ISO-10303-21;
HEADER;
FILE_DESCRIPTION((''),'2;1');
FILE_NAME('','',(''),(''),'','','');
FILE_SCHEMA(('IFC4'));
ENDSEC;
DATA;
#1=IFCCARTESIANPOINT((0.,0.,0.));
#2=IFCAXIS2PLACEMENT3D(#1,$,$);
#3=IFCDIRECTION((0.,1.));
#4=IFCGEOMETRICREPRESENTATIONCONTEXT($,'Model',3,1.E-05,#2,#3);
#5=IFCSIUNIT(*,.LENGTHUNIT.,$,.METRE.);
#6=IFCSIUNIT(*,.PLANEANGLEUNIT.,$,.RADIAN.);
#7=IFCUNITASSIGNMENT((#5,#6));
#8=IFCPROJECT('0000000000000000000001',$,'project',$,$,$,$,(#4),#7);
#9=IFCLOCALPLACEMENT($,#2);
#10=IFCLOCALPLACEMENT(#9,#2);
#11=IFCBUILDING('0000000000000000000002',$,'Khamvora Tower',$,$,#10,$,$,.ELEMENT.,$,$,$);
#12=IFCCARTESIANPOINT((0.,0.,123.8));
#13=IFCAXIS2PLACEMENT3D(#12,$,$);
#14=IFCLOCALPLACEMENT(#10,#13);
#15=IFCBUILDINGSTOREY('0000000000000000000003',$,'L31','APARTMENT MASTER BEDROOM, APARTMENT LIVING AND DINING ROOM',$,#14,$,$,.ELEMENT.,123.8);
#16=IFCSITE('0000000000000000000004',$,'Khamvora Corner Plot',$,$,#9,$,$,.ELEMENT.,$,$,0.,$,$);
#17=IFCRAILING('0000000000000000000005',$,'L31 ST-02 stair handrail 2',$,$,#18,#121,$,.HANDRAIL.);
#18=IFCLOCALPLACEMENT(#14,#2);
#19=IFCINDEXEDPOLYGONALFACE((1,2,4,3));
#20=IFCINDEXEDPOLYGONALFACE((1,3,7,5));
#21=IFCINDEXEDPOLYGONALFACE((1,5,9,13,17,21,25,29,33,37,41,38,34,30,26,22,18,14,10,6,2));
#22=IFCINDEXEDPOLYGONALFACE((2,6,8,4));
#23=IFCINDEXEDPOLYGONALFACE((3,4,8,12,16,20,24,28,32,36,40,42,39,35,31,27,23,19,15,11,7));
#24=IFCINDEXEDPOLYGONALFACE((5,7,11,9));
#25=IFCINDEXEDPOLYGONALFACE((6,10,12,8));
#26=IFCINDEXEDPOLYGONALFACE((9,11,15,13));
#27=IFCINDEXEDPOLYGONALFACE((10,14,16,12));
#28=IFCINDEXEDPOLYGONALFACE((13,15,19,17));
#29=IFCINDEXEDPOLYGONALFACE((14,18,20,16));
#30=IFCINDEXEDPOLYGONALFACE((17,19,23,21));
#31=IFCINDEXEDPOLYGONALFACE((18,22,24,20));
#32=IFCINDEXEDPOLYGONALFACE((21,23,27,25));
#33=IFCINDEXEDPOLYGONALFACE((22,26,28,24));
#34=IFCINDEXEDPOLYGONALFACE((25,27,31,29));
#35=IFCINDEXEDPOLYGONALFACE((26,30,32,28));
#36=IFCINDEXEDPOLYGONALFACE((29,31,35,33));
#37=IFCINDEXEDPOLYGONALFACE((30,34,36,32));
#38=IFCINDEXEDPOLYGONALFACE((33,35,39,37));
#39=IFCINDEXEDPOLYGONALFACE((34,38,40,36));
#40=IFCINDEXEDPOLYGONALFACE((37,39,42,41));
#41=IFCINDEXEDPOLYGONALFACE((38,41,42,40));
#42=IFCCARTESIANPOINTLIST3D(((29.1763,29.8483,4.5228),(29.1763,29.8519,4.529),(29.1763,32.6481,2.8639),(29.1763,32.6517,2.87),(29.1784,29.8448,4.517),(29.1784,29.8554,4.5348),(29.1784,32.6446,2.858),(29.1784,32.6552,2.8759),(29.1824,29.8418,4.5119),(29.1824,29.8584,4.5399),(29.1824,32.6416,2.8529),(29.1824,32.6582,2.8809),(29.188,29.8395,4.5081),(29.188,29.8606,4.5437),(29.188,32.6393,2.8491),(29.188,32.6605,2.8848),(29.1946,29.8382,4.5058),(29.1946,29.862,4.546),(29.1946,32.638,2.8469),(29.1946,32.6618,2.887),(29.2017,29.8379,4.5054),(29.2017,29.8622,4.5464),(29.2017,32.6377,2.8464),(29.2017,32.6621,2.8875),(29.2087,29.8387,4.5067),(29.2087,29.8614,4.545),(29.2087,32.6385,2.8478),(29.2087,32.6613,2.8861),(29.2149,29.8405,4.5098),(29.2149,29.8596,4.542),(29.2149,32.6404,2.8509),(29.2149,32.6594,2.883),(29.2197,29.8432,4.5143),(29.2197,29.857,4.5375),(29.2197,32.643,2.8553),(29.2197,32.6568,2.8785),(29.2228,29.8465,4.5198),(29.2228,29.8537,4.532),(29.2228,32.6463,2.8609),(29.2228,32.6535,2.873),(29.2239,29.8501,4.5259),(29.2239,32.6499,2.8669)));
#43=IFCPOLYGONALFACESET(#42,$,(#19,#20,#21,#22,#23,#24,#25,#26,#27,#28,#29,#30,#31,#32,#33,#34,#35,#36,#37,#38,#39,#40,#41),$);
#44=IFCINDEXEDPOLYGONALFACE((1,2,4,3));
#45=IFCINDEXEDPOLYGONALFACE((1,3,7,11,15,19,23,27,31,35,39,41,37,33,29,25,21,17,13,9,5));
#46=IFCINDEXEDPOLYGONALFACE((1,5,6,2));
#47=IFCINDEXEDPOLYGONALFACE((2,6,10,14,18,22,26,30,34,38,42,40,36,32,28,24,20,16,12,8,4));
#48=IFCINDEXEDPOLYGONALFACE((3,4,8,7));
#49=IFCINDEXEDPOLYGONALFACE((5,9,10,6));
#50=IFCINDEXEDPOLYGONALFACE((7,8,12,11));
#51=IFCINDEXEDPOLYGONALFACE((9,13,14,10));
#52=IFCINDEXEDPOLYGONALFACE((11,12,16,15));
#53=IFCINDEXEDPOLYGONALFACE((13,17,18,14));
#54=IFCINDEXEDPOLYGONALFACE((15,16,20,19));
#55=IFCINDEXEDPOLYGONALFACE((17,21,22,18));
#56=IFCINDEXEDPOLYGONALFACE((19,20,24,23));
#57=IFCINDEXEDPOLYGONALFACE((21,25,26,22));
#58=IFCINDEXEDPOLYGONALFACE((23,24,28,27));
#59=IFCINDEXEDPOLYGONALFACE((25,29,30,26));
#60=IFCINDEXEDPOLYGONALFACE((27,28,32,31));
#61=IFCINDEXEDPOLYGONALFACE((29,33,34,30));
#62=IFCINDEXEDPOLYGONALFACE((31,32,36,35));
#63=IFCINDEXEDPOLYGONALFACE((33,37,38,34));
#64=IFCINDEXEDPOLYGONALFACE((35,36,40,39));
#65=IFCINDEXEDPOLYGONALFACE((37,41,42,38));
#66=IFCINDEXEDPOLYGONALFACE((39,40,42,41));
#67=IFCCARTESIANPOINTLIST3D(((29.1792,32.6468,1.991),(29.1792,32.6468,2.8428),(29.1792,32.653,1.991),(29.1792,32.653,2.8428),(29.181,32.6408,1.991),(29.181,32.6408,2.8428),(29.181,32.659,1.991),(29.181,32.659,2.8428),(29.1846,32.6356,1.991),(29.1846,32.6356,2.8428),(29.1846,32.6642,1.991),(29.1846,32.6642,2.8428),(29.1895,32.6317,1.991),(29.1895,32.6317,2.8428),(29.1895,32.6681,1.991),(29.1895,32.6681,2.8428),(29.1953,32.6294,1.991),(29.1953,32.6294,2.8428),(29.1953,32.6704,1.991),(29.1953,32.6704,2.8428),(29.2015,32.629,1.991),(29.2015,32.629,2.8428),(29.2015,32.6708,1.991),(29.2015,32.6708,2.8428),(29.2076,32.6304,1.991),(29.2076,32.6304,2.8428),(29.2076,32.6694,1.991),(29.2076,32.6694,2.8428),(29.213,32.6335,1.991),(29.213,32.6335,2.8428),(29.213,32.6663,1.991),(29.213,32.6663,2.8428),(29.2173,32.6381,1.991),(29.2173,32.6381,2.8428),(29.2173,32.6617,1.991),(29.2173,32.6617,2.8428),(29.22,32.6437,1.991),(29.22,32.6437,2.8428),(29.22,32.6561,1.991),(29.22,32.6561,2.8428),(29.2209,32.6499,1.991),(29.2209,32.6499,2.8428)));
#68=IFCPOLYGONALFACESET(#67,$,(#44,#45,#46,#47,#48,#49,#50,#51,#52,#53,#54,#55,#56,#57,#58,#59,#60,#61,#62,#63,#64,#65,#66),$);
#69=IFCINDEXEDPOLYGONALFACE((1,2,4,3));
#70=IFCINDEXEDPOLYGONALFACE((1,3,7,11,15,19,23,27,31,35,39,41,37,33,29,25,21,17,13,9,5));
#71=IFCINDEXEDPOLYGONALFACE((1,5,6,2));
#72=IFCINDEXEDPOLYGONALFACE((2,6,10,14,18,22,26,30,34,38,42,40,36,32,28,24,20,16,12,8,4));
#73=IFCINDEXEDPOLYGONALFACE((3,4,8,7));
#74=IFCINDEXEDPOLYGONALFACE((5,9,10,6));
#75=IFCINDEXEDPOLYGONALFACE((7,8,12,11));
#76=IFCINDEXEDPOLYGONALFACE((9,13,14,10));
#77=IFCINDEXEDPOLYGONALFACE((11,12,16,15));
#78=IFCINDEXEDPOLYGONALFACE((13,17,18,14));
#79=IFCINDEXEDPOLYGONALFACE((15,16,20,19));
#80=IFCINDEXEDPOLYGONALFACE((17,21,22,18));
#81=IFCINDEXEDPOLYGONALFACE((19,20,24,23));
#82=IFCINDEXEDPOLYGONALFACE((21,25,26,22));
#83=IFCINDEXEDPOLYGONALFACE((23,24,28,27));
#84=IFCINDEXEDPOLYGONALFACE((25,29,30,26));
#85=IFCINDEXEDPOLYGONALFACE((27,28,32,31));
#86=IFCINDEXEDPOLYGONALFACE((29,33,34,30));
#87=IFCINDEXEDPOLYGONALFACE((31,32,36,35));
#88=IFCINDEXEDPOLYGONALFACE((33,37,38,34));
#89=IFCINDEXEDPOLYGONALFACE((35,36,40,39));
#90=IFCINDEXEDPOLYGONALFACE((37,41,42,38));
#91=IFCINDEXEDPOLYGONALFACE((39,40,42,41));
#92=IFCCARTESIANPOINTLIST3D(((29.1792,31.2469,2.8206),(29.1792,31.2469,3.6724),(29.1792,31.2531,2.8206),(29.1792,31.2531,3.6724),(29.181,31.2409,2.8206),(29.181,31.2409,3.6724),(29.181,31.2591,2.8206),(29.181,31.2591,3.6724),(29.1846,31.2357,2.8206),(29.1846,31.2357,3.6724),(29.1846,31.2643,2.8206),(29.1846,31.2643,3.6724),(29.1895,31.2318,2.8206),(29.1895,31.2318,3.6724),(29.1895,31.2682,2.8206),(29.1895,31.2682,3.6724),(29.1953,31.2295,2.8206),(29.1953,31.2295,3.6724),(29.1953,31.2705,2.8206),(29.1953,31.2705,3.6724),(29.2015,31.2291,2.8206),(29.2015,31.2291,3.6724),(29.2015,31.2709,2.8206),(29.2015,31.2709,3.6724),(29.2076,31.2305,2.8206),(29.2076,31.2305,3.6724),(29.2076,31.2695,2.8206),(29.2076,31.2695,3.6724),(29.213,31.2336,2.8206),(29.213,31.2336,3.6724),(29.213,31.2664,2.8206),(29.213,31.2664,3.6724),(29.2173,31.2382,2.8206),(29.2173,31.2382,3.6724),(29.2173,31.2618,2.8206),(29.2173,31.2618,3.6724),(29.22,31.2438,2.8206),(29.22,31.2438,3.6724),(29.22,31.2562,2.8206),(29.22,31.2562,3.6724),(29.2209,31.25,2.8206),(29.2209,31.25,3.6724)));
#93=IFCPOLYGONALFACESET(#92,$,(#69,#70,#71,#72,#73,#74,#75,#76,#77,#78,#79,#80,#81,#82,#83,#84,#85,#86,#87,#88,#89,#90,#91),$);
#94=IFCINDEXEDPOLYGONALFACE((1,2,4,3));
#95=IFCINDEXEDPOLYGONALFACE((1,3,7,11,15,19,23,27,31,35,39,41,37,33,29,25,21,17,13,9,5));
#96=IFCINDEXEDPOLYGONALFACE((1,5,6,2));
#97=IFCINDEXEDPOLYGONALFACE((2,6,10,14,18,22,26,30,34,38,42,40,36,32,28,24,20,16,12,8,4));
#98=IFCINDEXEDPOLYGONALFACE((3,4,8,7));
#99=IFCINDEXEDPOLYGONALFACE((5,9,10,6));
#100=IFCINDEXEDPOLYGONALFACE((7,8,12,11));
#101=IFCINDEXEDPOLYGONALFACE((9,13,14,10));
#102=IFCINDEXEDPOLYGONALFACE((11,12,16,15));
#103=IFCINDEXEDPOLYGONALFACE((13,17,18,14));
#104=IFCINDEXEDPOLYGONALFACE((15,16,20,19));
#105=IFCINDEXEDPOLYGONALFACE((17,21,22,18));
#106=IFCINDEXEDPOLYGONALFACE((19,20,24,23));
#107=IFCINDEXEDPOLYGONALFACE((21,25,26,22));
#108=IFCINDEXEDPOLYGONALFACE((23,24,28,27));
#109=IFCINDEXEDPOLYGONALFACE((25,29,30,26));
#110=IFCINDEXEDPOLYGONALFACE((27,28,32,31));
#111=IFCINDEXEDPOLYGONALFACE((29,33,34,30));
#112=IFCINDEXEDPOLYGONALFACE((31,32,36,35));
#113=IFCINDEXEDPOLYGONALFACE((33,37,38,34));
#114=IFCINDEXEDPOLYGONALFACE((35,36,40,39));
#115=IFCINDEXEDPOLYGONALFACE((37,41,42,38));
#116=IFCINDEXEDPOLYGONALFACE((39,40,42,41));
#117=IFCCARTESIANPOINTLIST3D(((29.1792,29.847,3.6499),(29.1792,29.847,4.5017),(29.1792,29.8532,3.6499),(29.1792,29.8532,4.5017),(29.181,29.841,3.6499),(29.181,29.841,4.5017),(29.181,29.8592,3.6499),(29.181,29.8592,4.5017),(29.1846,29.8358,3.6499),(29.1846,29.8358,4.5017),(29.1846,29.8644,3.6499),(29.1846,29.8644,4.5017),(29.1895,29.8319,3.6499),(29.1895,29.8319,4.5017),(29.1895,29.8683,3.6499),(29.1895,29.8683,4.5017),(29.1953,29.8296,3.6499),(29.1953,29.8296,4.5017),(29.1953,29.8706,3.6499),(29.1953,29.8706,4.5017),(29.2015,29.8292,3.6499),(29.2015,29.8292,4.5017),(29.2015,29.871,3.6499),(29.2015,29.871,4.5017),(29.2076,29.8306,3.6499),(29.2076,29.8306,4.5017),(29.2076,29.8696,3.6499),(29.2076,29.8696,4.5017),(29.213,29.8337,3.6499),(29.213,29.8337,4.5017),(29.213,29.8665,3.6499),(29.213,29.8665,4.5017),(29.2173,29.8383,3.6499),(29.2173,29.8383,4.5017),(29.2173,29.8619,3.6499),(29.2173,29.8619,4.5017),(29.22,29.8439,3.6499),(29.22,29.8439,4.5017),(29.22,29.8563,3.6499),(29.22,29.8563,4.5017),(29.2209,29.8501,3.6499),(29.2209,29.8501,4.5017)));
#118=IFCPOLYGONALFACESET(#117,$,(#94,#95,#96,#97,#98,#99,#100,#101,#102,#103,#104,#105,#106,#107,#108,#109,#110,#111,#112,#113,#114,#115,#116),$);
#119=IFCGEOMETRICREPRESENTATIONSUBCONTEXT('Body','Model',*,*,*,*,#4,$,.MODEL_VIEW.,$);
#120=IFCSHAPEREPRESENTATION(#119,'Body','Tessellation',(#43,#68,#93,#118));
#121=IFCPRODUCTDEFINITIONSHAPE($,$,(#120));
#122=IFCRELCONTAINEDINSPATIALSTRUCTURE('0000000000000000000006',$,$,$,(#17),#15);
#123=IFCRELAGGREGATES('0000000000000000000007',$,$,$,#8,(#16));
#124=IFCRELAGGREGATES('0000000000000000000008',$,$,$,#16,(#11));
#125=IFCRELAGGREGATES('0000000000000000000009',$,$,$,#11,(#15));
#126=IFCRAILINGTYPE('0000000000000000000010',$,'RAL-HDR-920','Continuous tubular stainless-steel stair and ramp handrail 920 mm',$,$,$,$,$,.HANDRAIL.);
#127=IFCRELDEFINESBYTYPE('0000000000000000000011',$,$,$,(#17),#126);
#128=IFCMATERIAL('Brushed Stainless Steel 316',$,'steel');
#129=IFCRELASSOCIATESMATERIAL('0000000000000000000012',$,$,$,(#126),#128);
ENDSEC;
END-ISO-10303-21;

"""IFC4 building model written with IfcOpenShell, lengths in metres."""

from ifc_helpers import new_model, si_unit, direction, frame, origin, origin_2d, place, context, subcontext, project, spatial, circle, extrude, material, type_object, element, save


model = new_model("IFC4")

# Units and contexts
model_context = context("Model", 3, precision=1e-05, world=origin(), true_north=direction((0.0, 1.0)))
body_context = subcontext(model_context, "Body", "Model", "MODEL_VIEW")
ifc_project = project(units=[si_unit("LENGTHUNIT", "METRE"), si_unit("PLANEANGLEUNIT", "RADIAN")], contexts=[model_context])

# Site, building, storey
site_placement = place(None, origin())
site = spatial("IfcSite", under=ifc_project, at=site_placement, Name="Khamvora Corner Plot", CompositionType="ELEMENT", RefElevation=0.0)
building_placement = place(site_placement, origin())
building = spatial("IfcBuilding", under=site, at=building_placement, Name="Khamvora Tower", CompositionType="ELEMENT")
storey_placement = place(building_placement, frame((0.0, 0.0, 123.8)))
storey = spatial("IfcBuildingStorey", under=building, at=storey_placement, Name="L31", Description="APARTMENT MASTER BEDROOM, APARTMENT LIVING AND DINING ROOM", CompositionType="ELEMENT", Elevation=123.8)

# Railing
ifc_material_1 = material(Name="Brushed Stainless Steel 316", Category="steel")
railing_type_1 = type_object("IfcRailingType", Name="RAL-HDR-920", Description="Continuous tubular stainless-steel stair and ramp handrail 920 mm", PredefinedType="HANDRAIL", material=ifc_material_1)
railing_1_placement = place(storey_placement, frame((29.2, 32.6499, 1.991)))
element("IfcRailing", 1, at=railing_1_placement, inside=storey, type_object=railing_type_1, Name="L31 ST-02 stair handrail 2", PredefinedType="HANDRAIL", context=body_context, shape_type="SweptSolid", body=[
    extrude(circle(Radius=0.0239, at=origin_2d()), frame((0.0, 0.0, 0.876), z_axis=(0.0, -0.86032, 0.509755), x_axis=(1.0, 0.0, 0.0)), (0.0, 0.0, 1.0), 3.2544),
    extrude(circle(Radius=0.021, at=origin_2d()), origin(), (0.0, 0.0, 1.0), 0.8518),
    extrude(circle(Radius=0.021, at=origin_2d()), frame((0.0, -1.3999, 0.8296)), (0.0, 0.0, 1.0), 0.8518),
    extrude(circle(Radius=0.021, at=origin_2d()), frame((0.0, -2.7998, 1.6589)), (0.0, 0.0, 1.0), 0.8518),
])

save(model, "model.ifc")
